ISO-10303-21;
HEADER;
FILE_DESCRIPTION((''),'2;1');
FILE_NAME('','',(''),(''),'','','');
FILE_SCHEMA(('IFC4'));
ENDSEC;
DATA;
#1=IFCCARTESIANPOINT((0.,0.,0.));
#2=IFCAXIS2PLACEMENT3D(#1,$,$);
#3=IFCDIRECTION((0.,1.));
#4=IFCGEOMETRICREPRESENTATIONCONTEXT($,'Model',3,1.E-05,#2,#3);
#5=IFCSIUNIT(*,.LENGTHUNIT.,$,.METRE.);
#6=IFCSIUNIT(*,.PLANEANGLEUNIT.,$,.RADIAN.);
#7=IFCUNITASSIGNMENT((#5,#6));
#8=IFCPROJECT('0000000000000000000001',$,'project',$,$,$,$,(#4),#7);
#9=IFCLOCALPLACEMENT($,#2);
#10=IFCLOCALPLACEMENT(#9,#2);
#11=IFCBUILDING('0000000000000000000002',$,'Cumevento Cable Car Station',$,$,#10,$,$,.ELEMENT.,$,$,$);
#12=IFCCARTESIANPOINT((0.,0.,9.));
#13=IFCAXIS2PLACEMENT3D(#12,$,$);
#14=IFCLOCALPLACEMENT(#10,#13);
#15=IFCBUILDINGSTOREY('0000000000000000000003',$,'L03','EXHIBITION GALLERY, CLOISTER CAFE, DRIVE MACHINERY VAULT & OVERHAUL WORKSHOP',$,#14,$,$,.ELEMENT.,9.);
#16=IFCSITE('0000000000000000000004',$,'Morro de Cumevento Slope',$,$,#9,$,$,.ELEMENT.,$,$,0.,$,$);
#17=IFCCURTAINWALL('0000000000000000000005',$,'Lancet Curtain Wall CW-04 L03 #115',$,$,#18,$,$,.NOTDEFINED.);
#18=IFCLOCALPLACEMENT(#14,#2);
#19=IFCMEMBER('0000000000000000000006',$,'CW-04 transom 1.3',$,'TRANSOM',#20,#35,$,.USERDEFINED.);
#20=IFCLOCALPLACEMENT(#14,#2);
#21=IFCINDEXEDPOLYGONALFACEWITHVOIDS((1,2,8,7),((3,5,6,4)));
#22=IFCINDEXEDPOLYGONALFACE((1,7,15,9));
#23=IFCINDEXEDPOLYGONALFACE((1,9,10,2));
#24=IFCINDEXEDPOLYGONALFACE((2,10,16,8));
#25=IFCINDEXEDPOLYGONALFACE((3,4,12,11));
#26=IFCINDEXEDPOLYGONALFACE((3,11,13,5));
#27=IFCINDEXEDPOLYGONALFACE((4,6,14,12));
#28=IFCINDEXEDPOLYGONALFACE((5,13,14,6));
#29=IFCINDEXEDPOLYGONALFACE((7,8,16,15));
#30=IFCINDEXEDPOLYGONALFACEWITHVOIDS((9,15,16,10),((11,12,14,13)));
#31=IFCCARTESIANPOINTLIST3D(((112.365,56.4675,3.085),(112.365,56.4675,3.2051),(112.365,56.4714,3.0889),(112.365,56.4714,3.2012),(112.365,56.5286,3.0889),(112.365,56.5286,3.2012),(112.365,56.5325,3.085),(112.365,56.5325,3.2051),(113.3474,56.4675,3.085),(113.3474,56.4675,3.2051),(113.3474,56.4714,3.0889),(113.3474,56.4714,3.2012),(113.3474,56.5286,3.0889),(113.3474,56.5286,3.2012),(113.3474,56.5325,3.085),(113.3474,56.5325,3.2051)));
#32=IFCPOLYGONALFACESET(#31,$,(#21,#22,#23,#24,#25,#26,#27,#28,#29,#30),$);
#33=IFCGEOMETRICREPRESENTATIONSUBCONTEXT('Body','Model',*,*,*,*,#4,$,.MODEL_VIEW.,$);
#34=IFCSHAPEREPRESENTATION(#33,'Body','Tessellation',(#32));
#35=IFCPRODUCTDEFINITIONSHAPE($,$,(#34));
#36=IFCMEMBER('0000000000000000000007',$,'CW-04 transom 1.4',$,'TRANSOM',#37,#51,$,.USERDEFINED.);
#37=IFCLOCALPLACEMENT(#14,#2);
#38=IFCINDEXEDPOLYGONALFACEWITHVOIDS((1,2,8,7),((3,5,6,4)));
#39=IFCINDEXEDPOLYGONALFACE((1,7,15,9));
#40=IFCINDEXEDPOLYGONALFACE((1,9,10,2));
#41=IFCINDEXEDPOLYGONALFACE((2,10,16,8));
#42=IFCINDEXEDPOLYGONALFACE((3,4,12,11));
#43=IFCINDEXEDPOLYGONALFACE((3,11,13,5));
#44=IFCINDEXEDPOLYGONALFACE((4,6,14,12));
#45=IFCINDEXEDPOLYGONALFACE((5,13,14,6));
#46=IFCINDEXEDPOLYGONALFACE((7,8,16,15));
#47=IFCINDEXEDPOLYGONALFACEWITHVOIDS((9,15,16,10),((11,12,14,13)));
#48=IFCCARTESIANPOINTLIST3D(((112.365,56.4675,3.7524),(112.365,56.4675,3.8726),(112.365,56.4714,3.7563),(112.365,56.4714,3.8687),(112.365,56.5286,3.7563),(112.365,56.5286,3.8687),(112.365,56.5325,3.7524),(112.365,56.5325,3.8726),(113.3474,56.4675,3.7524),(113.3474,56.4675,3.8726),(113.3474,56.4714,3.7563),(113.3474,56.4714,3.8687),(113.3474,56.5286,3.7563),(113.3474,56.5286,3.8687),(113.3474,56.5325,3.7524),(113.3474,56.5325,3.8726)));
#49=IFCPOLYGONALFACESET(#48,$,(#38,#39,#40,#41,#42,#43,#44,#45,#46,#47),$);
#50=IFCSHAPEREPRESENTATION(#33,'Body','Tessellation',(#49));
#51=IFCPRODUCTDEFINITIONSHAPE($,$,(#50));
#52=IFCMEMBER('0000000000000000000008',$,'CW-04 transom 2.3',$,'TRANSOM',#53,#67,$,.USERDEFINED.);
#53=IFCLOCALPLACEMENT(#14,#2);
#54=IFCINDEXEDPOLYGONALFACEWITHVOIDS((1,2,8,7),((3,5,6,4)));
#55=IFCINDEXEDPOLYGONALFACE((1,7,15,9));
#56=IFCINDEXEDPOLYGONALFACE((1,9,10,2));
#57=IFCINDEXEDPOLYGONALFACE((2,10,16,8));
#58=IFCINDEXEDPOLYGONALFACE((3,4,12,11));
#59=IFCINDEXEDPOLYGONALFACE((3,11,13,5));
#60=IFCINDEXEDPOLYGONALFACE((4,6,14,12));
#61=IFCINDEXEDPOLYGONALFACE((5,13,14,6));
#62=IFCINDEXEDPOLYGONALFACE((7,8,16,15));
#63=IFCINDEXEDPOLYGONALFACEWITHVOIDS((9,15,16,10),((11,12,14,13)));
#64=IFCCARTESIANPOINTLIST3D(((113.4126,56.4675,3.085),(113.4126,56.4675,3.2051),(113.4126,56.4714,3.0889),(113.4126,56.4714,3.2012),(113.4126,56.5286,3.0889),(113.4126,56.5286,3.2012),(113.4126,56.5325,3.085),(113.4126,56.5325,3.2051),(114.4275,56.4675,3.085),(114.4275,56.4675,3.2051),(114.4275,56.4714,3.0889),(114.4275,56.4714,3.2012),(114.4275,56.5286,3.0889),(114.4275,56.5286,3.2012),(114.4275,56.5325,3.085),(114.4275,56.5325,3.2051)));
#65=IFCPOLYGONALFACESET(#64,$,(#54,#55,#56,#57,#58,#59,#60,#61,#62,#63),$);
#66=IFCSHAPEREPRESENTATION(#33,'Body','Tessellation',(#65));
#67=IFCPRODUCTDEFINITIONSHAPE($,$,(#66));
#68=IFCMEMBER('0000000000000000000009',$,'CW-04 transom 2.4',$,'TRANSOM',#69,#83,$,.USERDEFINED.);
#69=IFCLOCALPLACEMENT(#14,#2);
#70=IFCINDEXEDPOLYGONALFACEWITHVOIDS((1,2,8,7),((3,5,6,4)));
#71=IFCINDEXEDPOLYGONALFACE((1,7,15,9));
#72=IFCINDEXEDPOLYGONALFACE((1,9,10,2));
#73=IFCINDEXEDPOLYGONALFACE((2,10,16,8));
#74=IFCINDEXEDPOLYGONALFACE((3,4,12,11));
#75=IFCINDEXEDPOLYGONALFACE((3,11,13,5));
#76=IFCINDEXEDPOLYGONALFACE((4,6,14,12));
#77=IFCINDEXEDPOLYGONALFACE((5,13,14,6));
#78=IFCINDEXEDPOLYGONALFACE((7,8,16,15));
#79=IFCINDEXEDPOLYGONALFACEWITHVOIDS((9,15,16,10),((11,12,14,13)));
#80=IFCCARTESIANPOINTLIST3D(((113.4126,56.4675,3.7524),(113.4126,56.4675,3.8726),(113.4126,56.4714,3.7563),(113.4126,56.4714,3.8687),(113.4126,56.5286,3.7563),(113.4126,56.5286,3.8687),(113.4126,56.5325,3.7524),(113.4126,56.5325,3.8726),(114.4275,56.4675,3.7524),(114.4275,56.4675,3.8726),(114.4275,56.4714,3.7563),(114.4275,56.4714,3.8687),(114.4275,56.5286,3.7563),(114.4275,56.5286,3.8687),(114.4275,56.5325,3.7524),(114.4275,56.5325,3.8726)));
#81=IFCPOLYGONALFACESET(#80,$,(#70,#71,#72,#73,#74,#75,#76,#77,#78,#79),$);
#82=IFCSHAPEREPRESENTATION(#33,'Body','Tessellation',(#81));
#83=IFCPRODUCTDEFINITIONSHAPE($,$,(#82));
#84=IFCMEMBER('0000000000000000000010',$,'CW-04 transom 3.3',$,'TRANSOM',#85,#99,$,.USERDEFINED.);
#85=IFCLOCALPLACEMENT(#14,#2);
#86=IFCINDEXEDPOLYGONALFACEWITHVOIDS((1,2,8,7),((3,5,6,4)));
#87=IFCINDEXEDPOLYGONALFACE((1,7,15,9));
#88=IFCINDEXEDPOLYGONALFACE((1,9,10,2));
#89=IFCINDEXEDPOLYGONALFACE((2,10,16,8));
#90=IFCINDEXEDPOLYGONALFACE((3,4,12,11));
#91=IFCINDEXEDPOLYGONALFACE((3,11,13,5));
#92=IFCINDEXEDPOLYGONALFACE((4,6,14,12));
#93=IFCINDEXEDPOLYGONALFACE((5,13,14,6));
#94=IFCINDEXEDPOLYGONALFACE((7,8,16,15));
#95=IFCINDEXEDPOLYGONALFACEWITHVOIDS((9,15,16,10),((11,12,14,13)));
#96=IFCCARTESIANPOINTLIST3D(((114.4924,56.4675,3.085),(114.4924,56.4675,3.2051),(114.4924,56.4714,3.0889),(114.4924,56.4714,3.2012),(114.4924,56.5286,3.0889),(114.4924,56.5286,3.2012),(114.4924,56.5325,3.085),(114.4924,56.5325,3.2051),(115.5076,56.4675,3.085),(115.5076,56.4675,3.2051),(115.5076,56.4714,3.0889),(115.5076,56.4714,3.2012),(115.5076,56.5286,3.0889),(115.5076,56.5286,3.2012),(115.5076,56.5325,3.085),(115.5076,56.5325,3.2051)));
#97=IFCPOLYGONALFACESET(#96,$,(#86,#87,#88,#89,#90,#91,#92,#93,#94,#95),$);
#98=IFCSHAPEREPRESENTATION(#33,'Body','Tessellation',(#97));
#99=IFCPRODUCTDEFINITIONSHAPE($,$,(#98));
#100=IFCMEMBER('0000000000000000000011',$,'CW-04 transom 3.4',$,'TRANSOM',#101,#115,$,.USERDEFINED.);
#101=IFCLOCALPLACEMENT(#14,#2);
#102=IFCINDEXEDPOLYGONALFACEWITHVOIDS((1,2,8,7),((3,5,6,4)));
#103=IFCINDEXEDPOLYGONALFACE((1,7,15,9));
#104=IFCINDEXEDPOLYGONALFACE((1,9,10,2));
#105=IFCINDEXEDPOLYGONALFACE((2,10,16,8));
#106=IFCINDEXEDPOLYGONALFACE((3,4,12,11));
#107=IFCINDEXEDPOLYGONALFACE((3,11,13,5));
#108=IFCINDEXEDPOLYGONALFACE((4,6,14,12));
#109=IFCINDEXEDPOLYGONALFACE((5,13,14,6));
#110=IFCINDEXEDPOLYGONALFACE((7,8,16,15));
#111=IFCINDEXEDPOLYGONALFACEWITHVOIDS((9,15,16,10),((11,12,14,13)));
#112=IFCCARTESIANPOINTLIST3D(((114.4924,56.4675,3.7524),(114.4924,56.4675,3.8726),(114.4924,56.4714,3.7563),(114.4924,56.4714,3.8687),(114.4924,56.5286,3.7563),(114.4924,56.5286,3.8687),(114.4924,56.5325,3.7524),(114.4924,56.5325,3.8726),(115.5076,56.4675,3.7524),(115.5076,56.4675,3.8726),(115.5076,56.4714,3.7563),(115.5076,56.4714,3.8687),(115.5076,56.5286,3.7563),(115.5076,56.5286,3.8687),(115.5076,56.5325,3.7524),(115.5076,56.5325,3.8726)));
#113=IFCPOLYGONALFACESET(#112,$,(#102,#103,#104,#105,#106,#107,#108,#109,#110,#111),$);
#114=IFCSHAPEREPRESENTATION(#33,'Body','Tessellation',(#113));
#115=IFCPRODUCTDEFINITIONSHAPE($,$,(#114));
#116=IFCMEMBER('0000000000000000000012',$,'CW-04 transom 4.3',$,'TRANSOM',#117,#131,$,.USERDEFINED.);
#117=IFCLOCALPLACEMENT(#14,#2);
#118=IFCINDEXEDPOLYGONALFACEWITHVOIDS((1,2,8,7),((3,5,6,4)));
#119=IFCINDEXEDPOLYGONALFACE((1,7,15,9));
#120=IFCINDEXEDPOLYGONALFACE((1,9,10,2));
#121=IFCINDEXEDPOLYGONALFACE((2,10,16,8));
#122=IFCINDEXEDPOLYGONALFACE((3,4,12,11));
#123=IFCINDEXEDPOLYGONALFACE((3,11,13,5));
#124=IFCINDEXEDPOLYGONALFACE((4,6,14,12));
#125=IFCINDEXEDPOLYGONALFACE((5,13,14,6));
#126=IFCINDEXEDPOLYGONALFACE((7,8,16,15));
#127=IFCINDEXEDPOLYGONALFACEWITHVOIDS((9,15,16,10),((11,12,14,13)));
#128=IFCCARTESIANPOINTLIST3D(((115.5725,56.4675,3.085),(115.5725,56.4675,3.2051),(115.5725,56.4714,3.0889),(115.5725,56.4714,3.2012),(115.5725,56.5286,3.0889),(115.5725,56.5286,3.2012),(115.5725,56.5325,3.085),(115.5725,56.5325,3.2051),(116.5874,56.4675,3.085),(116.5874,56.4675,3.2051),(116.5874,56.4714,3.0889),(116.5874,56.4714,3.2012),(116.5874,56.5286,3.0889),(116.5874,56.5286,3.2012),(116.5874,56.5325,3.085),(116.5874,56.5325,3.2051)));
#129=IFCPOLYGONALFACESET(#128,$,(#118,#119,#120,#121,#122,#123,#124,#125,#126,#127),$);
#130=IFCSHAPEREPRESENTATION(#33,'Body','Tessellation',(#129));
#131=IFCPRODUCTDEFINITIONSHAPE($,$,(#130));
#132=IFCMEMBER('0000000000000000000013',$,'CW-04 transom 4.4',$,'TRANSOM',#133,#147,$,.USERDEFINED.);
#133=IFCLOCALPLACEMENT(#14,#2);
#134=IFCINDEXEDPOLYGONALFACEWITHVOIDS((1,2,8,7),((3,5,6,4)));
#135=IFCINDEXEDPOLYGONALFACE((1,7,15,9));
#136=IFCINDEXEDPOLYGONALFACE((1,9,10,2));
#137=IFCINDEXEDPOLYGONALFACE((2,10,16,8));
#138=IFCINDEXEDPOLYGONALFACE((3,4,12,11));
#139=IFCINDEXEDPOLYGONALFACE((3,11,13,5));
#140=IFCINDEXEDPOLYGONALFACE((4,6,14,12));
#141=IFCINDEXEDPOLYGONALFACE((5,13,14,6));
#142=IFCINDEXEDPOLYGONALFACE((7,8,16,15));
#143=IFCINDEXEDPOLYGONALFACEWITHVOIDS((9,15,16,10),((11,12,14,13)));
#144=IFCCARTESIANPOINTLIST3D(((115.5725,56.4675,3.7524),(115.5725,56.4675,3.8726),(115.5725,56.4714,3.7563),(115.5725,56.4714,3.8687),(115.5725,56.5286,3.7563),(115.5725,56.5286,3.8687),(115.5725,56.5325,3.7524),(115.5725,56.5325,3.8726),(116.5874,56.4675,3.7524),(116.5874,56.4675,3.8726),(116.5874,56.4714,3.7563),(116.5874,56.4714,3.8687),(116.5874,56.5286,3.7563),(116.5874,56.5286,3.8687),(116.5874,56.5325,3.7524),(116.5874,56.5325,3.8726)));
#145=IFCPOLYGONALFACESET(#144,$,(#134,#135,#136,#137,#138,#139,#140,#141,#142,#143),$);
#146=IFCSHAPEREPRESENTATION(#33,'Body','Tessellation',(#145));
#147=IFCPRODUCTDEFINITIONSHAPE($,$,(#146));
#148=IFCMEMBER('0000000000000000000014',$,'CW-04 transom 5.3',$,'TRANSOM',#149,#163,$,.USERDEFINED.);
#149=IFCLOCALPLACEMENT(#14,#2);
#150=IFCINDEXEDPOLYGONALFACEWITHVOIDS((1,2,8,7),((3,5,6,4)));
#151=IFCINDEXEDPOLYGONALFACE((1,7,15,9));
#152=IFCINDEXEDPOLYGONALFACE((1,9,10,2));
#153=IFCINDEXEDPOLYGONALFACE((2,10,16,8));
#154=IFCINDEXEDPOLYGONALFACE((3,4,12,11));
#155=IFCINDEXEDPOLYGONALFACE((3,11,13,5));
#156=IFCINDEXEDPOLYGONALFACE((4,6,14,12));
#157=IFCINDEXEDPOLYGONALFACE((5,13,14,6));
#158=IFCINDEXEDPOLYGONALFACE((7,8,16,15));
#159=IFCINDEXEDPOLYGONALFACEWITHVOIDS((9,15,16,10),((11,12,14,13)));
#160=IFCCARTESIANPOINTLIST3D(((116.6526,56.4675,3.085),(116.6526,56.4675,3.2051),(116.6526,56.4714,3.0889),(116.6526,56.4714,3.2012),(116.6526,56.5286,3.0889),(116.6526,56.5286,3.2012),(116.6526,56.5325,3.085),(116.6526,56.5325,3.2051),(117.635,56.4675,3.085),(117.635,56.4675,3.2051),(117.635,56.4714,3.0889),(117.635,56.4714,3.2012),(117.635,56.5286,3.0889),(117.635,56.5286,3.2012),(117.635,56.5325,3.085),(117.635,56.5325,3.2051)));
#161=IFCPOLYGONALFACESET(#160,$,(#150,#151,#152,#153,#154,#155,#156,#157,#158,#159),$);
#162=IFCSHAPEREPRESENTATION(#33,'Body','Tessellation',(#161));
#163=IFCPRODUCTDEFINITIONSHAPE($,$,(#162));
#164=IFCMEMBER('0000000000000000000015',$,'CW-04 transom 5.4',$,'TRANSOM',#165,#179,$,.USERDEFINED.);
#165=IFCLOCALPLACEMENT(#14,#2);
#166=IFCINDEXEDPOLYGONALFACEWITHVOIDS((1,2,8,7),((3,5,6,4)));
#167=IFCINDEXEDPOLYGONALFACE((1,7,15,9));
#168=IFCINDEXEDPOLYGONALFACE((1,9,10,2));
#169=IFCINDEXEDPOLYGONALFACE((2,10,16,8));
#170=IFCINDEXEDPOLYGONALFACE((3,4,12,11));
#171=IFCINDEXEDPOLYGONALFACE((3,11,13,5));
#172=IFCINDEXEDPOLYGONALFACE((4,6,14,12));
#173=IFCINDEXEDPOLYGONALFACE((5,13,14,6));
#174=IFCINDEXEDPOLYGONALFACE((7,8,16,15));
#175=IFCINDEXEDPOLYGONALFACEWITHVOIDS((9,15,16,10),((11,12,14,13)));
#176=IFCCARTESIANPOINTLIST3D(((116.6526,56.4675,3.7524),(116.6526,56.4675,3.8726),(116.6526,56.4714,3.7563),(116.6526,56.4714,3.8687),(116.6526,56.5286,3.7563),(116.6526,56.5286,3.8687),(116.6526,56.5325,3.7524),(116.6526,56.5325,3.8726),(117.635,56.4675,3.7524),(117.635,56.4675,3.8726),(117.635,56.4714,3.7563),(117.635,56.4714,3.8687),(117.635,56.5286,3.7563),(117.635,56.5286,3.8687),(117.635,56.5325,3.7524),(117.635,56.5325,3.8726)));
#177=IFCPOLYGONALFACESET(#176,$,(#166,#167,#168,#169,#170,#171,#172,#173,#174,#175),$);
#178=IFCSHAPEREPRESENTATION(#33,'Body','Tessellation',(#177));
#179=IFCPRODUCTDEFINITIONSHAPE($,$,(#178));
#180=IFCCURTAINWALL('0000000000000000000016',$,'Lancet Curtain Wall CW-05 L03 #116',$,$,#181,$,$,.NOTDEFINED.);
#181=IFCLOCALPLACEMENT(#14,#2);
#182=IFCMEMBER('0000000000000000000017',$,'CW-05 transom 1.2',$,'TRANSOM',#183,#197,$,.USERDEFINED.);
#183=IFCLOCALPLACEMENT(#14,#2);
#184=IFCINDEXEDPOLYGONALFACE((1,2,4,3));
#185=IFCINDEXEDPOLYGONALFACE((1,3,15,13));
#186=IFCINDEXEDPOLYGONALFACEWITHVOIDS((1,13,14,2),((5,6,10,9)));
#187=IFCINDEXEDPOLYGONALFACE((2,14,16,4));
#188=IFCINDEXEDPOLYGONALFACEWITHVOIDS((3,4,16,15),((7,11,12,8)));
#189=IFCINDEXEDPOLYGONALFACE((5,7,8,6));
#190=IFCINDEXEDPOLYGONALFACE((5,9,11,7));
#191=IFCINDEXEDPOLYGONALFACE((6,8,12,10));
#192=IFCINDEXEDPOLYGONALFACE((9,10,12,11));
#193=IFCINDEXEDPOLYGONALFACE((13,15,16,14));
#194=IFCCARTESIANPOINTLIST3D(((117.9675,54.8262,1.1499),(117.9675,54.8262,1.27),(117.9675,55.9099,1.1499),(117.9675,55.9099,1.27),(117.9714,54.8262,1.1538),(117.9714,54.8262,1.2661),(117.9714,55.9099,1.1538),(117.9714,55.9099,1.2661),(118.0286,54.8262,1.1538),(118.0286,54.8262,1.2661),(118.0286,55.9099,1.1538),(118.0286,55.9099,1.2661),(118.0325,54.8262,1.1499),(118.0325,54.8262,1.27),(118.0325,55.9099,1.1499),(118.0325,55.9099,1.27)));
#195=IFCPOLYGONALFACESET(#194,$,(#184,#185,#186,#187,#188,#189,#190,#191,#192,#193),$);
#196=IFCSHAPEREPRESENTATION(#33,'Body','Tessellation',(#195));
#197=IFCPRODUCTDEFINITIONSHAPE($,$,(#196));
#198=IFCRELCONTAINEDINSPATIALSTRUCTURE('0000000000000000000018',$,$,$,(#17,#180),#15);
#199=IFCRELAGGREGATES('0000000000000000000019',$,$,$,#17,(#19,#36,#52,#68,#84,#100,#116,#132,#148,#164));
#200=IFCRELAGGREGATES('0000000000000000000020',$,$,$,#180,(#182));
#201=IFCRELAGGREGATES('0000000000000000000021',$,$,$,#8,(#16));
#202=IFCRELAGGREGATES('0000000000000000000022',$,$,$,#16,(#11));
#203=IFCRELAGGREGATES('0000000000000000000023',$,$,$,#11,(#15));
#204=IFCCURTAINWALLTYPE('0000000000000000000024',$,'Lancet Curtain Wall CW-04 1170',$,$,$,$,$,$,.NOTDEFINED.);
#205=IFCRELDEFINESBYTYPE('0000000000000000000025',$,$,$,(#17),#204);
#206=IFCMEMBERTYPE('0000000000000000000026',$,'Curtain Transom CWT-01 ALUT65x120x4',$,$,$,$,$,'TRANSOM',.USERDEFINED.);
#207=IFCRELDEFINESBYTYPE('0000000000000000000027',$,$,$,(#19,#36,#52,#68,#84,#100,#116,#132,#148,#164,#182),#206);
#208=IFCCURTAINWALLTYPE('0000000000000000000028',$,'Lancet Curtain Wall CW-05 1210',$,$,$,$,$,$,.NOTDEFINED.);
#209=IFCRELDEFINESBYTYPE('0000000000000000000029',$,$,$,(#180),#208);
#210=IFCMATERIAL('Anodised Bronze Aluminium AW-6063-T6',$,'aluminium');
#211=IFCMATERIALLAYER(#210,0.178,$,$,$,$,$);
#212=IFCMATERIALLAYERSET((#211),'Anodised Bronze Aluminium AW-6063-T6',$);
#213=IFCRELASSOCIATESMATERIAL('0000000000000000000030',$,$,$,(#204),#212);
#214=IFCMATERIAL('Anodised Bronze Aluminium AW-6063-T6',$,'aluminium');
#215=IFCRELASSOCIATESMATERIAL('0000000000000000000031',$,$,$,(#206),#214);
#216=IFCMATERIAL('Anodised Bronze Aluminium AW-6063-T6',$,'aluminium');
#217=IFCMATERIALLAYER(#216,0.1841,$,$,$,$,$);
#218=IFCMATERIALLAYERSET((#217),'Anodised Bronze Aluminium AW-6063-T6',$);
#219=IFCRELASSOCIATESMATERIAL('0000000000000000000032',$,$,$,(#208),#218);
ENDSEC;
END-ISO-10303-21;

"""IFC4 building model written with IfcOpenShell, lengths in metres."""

from ifc_helpers import new_model, si_unit, direction, frame, origin, origin_2d, place, context, subcontext, project, spatial, hollow_rectangle, extrude, material, layer, layer_set, material_profile, profile_set, type_object, element, aggregate, save


model = new_model("IFC4")

# Units and contexts
model_context = context("Model", 3, precision=1e-05, world=origin(), true_north=direction((0.0, 1.0)))
body_context = subcontext(model_context, "Body", "Model", "MODEL_VIEW")
ifc_project = project(units=[si_unit("LENGTHUNIT", "METRE"), si_unit("PLANEANGLEUNIT", "RADIAN")], contexts=[model_context])

# Site, building, storey
site_placement = place(None, origin())
site = spatial("IfcSite", under=ifc_project, at=site_placement, Name="Morro de Cumevento Slope", CompositionType="ELEMENT", RefElevation=0.0)
building_placement = place(site_placement, origin())
building = spatial("IfcBuilding", under=site, at=building_placement, Name="Cumevento Cable Car Station", CompositionType="ELEMENT")
storey_placement = place(building_placement, frame((0.0, 0.0, 9.0)))
storey = spatial("IfcBuildingStorey", under=building, at=storey_placement, Name="L03", Description="EXHIBITION GALLERY, CLOISTER CAFE, DRIVE MACHINERY VAULT & OVERHAUL WORKSHOP", CompositionType="ELEMENT", Elevation=9.0)

# Curtain walls, members
ifc_material_1 = material(Name="Anodised Bronze Aluminium AW-6063-T6", Category="aluminium")
ifc_layer_1 = layer(ifc_material_1, 0.178)
ifc_layer_set_1 = layer_set([ifc_layer_1], Name="Anodised Bronze Aluminium AW-6063-T6")
curtain_wall_type_1 = type_object("IfcCurtainWallType", Name="Lancet Curtain Wall CW-04 1170", PredefinedType="NOTDEFINED", material=ifc_layer_set_1)
curtain_wall_1_placement = place(storey_placement, origin())
curtain_wall_1 = element("IfcCurtainWall", 1, at=curtain_wall_1_placement, inside=storey, type_object=curtain_wall_type_1, Name="Lancet Curtain Wall CW-04 L03 #115", PredefinedType="NOTDEFINED")
ifc_material_2 = material(Name="Anodised Bronze Aluminium AW-6063-T6", Category="aluminium")
ifc_material_profile = material_profile(ifc_material_2, hollow_rectangle(XDim=0.0649, YDim=0.1201, WallThickness=0.0039, at=origin_2d()), Name="ALUT65x120x4")
ifc_profile_set = profile_set([ifc_material_profile], Name="Anodised Bronze Aluminium AW-6063-T6")
member_type = type_object("IfcMemberType", Name="Curtain Transom CWT-01 ALUT65x120x4", ElementType="TRANSOM", PredefinedType="USERDEFINED", material=ifc_profile_set)
member_1_placement = place(storey_placement, frame((112.365, 56.5, 3.145), z_axis=(1.0, 0.0, 0.0), x_axis=(0.0, 1.0, 0.0)))
member_1 = element("IfcMember", 2, at=member_1_placement, type_object=member_type, Name="CW-04 transom 1.3", ObjectType="TRANSOM", PredefinedType="USERDEFINED", context=body_context, shape_type="SweptSolid", body=[
    extrude(hollow_rectangle(XDim=0.0649, YDim=0.1201, WallThickness=0.0039, at=origin_2d()), origin(), (0.0, 0.0, 1.0), 0.9824),
])
member_2_placement = place(storey_placement, frame((112.365, 56.5, 3.8125), z_axis=(1.0, 0.0, 0.0), x_axis=(0.0, 1.0, 0.0)))
member_2 = element("IfcMember", 3, at=member_2_placement, type_object=member_type, Name="CW-04 transom 1.4", ObjectType="TRANSOM", PredefinedType="USERDEFINED", context=body_context, shape_type="SweptSolid", body=[
    extrude(hollow_rectangle(XDim=0.0649, YDim=0.1201, WallThickness=0.0039, at=origin_2d()), origin(), (0.0, 0.0, 1.0), 0.9824),
])
member_3_placement = place(storey_placement, frame((113.4126, 56.5, 3.145), z_axis=(1.0, 0.0, 0.0), x_axis=(0.0, 1.0, 0.0)))
member_3 = element("IfcMember", 4, at=member_3_placement, type_object=member_type, Name="CW-04 transom 2.3", ObjectType="TRANSOM", PredefinedType="USERDEFINED", context=body_context, shape_type="SweptSolid", body=[
    extrude(hollow_rectangle(XDim=0.0649, YDim=0.1201, WallThickness=0.0039, at=origin_2d()), origin(), (0.0, 0.0, 1.0), 1.0149),
])
member_4_placement = place(storey_placement, frame((113.4126, 56.5, 3.8125), z_axis=(1.0, 0.0, 0.0), x_axis=(0.0, 1.0, 0.0)))
member_4 = element("IfcMember", 5, at=member_4_placement, type_object=member_type, Name="CW-04 transom 2.4", ObjectType="TRANSOM", PredefinedType="USERDEFINED", context=body_context, shape_type="SweptSolid", body=[
    extrude(hollow_rectangle(XDim=0.0649, YDim=0.1201, WallThickness=0.0039, at=origin_2d()), origin(), (0.0, 0.0, 1.0), 1.0149),
])
member_5_placement = place(storey_placement, frame((114.4924, 56.5, 3.145), z_axis=(1.0, 0.0, 0.0), x_axis=(0.0, 1.0, 0.0)))
member_5 = element("IfcMember", 6, at=member_5_placement, type_object=member_type, Name="CW-04 transom 3.3", ObjectType="TRANSOM", PredefinedType="USERDEFINED", context=body_context, shape_type="SweptSolid", body=[
    extrude(hollow_rectangle(XDim=0.0649, YDim=0.1201, WallThickness=0.0039, at=origin_2d()), origin(), (0.0, 0.0, 1.0), 1.0151),
])
member_6_placement = place(storey_placement, frame((114.4924, 56.5, 3.8125), z_axis=(1.0, 0.0, 0.0), x_axis=(0.0, 1.0, 0.0)))
member_6 = element("IfcMember", 7, at=member_6_placement, type_object=member_type, Name="CW-04 transom 3.4", ObjectType="TRANSOM", PredefinedType="USERDEFINED", context=body_context, shape_type="SweptSolid", body=[
    extrude(hollow_rectangle(XDim=0.0649, YDim=0.1201, WallThickness=0.0039, at=origin_2d()), origin(), (0.0, 0.0, 1.0), 1.0151),
])
member_7_placement = place(storey_placement, frame((115.5725, 56.5, 3.145), z_axis=(1.0, 0.0, 0.0), x_axis=(0.0, 1.0, 0.0)))
member_7 = element("IfcMember", 8, at=member_7_placement, type_object=member_type, Name="CW-04 transom 4.3", ObjectType="TRANSOM", PredefinedType="USERDEFINED", context=body_context, shape_type="SweptSolid", body=[
    extrude(hollow_rectangle(XDim=0.0649, YDim=0.1201, WallThickness=0.0039, at=origin_2d()), origin(), (0.0, 0.0, 1.0), 1.0149),
])
member_8_placement = place(storey_placement, frame((115.5725, 56.5, 3.8125), z_axis=(1.0, 0.0, 0.0), x_axis=(0.0, 1.0, 0.0)))
member_8 = element("IfcMember", 9, at=member_8_placement, type_object=member_type, Name="CW-04 transom 4.4", ObjectType="TRANSOM", PredefinedType="USERDEFINED", context=body_context, shape_type="SweptSolid", body=[
    extrude(hollow_rectangle(XDim=0.0649, YDim=0.1201, WallThickness=0.0039, at=origin_2d()), origin(), (0.0, 0.0, 1.0), 1.0149),
])
member_9_placement = place(storey_placement, frame((116.6526, 56.5, 3.145), z_axis=(1.0, 0.0, 0.0), x_axis=(0.0, 1.0, 0.0)))
member_9 = element("IfcMember", 10, at=member_9_placement, type_object=member_type, Name="CW-04 transom 5.3", ObjectType="TRANSOM", PredefinedType="USERDEFINED", context=body_context, shape_type="SweptSolid", body=[
    extrude(hollow_rectangle(XDim=0.0649, YDim=0.1201, WallThickness=0.0039, at=origin_2d()), origin(), (0.0, 0.0, 1.0), 0.9824),
])
member_10_placement = place(storey_placement, frame((116.6526, 56.5, 3.8125), z_axis=(1.0, 0.0, 0.0), x_axis=(0.0, 1.0, 0.0)))
member_10 = element("IfcMember", 11, at=member_10_placement, type_object=member_type, Name="CW-04 transom 5.4", ObjectType="TRANSOM", PredefinedType="USERDEFINED", context=body_context, shape_type="SweptSolid", body=[
    extrude(hollow_rectangle(XDim=0.0649, YDim=0.1201, WallThickness=0.0039, at=origin_2d()), origin(), (0.0, 0.0, 1.0), 0.9824),
])
ifc_material_3 = material(Name="Anodised Bronze Aluminium AW-6063-T6", Category="aluminium")
ifc_layer_2 = layer(ifc_material_3, 0.1841)
ifc_layer_set_2 = layer_set([ifc_layer_2], Name="Anodised Bronze Aluminium AW-6063-T6")
curtain_wall_type_2 = type_object("IfcCurtainWallType", Name="Lancet Curtain Wall CW-05 1210", PredefinedType="NOTDEFINED", material=ifc_layer_set_2)
curtain_wall_2_placement = place(storey_placement, origin())
curtain_wall_2 = element("IfcCurtainWall", 12, at=curtain_wall_2_placement, inside=storey, type_object=curtain_wall_type_2, Name="Lancet Curtain Wall CW-05 L03 #116", PredefinedType="NOTDEFINED")
member_11_placement = place(storey_placement, frame((118.0, 55.9099, 1.21), z_axis=(0.0, -1.0, 0.0), x_axis=(1.0, 0.0, 0.0)))
member_11 = element("IfcMember", 13, at=member_11_placement, type_object=member_type, Name="CW-05 transom 1.2", ObjectType="TRANSOM", PredefinedType="USERDEFINED", context=body_context, shape_type="SweptSolid", body=[
    extrude(hollow_rectangle(XDim=0.0649, YDim=0.1201, WallThickness=0.0039, at=origin_2d()), origin(), (0.0, 0.0, 1.0), 1.0837),
])

aggregate(curtain_wall_1, [member_1, member_2, member_3, member_4, member_5, member_6, member_7, member_8, member_9, member_10])
aggregate(curtain_wall_2, [member_11])

save(model, "model.ifc")
